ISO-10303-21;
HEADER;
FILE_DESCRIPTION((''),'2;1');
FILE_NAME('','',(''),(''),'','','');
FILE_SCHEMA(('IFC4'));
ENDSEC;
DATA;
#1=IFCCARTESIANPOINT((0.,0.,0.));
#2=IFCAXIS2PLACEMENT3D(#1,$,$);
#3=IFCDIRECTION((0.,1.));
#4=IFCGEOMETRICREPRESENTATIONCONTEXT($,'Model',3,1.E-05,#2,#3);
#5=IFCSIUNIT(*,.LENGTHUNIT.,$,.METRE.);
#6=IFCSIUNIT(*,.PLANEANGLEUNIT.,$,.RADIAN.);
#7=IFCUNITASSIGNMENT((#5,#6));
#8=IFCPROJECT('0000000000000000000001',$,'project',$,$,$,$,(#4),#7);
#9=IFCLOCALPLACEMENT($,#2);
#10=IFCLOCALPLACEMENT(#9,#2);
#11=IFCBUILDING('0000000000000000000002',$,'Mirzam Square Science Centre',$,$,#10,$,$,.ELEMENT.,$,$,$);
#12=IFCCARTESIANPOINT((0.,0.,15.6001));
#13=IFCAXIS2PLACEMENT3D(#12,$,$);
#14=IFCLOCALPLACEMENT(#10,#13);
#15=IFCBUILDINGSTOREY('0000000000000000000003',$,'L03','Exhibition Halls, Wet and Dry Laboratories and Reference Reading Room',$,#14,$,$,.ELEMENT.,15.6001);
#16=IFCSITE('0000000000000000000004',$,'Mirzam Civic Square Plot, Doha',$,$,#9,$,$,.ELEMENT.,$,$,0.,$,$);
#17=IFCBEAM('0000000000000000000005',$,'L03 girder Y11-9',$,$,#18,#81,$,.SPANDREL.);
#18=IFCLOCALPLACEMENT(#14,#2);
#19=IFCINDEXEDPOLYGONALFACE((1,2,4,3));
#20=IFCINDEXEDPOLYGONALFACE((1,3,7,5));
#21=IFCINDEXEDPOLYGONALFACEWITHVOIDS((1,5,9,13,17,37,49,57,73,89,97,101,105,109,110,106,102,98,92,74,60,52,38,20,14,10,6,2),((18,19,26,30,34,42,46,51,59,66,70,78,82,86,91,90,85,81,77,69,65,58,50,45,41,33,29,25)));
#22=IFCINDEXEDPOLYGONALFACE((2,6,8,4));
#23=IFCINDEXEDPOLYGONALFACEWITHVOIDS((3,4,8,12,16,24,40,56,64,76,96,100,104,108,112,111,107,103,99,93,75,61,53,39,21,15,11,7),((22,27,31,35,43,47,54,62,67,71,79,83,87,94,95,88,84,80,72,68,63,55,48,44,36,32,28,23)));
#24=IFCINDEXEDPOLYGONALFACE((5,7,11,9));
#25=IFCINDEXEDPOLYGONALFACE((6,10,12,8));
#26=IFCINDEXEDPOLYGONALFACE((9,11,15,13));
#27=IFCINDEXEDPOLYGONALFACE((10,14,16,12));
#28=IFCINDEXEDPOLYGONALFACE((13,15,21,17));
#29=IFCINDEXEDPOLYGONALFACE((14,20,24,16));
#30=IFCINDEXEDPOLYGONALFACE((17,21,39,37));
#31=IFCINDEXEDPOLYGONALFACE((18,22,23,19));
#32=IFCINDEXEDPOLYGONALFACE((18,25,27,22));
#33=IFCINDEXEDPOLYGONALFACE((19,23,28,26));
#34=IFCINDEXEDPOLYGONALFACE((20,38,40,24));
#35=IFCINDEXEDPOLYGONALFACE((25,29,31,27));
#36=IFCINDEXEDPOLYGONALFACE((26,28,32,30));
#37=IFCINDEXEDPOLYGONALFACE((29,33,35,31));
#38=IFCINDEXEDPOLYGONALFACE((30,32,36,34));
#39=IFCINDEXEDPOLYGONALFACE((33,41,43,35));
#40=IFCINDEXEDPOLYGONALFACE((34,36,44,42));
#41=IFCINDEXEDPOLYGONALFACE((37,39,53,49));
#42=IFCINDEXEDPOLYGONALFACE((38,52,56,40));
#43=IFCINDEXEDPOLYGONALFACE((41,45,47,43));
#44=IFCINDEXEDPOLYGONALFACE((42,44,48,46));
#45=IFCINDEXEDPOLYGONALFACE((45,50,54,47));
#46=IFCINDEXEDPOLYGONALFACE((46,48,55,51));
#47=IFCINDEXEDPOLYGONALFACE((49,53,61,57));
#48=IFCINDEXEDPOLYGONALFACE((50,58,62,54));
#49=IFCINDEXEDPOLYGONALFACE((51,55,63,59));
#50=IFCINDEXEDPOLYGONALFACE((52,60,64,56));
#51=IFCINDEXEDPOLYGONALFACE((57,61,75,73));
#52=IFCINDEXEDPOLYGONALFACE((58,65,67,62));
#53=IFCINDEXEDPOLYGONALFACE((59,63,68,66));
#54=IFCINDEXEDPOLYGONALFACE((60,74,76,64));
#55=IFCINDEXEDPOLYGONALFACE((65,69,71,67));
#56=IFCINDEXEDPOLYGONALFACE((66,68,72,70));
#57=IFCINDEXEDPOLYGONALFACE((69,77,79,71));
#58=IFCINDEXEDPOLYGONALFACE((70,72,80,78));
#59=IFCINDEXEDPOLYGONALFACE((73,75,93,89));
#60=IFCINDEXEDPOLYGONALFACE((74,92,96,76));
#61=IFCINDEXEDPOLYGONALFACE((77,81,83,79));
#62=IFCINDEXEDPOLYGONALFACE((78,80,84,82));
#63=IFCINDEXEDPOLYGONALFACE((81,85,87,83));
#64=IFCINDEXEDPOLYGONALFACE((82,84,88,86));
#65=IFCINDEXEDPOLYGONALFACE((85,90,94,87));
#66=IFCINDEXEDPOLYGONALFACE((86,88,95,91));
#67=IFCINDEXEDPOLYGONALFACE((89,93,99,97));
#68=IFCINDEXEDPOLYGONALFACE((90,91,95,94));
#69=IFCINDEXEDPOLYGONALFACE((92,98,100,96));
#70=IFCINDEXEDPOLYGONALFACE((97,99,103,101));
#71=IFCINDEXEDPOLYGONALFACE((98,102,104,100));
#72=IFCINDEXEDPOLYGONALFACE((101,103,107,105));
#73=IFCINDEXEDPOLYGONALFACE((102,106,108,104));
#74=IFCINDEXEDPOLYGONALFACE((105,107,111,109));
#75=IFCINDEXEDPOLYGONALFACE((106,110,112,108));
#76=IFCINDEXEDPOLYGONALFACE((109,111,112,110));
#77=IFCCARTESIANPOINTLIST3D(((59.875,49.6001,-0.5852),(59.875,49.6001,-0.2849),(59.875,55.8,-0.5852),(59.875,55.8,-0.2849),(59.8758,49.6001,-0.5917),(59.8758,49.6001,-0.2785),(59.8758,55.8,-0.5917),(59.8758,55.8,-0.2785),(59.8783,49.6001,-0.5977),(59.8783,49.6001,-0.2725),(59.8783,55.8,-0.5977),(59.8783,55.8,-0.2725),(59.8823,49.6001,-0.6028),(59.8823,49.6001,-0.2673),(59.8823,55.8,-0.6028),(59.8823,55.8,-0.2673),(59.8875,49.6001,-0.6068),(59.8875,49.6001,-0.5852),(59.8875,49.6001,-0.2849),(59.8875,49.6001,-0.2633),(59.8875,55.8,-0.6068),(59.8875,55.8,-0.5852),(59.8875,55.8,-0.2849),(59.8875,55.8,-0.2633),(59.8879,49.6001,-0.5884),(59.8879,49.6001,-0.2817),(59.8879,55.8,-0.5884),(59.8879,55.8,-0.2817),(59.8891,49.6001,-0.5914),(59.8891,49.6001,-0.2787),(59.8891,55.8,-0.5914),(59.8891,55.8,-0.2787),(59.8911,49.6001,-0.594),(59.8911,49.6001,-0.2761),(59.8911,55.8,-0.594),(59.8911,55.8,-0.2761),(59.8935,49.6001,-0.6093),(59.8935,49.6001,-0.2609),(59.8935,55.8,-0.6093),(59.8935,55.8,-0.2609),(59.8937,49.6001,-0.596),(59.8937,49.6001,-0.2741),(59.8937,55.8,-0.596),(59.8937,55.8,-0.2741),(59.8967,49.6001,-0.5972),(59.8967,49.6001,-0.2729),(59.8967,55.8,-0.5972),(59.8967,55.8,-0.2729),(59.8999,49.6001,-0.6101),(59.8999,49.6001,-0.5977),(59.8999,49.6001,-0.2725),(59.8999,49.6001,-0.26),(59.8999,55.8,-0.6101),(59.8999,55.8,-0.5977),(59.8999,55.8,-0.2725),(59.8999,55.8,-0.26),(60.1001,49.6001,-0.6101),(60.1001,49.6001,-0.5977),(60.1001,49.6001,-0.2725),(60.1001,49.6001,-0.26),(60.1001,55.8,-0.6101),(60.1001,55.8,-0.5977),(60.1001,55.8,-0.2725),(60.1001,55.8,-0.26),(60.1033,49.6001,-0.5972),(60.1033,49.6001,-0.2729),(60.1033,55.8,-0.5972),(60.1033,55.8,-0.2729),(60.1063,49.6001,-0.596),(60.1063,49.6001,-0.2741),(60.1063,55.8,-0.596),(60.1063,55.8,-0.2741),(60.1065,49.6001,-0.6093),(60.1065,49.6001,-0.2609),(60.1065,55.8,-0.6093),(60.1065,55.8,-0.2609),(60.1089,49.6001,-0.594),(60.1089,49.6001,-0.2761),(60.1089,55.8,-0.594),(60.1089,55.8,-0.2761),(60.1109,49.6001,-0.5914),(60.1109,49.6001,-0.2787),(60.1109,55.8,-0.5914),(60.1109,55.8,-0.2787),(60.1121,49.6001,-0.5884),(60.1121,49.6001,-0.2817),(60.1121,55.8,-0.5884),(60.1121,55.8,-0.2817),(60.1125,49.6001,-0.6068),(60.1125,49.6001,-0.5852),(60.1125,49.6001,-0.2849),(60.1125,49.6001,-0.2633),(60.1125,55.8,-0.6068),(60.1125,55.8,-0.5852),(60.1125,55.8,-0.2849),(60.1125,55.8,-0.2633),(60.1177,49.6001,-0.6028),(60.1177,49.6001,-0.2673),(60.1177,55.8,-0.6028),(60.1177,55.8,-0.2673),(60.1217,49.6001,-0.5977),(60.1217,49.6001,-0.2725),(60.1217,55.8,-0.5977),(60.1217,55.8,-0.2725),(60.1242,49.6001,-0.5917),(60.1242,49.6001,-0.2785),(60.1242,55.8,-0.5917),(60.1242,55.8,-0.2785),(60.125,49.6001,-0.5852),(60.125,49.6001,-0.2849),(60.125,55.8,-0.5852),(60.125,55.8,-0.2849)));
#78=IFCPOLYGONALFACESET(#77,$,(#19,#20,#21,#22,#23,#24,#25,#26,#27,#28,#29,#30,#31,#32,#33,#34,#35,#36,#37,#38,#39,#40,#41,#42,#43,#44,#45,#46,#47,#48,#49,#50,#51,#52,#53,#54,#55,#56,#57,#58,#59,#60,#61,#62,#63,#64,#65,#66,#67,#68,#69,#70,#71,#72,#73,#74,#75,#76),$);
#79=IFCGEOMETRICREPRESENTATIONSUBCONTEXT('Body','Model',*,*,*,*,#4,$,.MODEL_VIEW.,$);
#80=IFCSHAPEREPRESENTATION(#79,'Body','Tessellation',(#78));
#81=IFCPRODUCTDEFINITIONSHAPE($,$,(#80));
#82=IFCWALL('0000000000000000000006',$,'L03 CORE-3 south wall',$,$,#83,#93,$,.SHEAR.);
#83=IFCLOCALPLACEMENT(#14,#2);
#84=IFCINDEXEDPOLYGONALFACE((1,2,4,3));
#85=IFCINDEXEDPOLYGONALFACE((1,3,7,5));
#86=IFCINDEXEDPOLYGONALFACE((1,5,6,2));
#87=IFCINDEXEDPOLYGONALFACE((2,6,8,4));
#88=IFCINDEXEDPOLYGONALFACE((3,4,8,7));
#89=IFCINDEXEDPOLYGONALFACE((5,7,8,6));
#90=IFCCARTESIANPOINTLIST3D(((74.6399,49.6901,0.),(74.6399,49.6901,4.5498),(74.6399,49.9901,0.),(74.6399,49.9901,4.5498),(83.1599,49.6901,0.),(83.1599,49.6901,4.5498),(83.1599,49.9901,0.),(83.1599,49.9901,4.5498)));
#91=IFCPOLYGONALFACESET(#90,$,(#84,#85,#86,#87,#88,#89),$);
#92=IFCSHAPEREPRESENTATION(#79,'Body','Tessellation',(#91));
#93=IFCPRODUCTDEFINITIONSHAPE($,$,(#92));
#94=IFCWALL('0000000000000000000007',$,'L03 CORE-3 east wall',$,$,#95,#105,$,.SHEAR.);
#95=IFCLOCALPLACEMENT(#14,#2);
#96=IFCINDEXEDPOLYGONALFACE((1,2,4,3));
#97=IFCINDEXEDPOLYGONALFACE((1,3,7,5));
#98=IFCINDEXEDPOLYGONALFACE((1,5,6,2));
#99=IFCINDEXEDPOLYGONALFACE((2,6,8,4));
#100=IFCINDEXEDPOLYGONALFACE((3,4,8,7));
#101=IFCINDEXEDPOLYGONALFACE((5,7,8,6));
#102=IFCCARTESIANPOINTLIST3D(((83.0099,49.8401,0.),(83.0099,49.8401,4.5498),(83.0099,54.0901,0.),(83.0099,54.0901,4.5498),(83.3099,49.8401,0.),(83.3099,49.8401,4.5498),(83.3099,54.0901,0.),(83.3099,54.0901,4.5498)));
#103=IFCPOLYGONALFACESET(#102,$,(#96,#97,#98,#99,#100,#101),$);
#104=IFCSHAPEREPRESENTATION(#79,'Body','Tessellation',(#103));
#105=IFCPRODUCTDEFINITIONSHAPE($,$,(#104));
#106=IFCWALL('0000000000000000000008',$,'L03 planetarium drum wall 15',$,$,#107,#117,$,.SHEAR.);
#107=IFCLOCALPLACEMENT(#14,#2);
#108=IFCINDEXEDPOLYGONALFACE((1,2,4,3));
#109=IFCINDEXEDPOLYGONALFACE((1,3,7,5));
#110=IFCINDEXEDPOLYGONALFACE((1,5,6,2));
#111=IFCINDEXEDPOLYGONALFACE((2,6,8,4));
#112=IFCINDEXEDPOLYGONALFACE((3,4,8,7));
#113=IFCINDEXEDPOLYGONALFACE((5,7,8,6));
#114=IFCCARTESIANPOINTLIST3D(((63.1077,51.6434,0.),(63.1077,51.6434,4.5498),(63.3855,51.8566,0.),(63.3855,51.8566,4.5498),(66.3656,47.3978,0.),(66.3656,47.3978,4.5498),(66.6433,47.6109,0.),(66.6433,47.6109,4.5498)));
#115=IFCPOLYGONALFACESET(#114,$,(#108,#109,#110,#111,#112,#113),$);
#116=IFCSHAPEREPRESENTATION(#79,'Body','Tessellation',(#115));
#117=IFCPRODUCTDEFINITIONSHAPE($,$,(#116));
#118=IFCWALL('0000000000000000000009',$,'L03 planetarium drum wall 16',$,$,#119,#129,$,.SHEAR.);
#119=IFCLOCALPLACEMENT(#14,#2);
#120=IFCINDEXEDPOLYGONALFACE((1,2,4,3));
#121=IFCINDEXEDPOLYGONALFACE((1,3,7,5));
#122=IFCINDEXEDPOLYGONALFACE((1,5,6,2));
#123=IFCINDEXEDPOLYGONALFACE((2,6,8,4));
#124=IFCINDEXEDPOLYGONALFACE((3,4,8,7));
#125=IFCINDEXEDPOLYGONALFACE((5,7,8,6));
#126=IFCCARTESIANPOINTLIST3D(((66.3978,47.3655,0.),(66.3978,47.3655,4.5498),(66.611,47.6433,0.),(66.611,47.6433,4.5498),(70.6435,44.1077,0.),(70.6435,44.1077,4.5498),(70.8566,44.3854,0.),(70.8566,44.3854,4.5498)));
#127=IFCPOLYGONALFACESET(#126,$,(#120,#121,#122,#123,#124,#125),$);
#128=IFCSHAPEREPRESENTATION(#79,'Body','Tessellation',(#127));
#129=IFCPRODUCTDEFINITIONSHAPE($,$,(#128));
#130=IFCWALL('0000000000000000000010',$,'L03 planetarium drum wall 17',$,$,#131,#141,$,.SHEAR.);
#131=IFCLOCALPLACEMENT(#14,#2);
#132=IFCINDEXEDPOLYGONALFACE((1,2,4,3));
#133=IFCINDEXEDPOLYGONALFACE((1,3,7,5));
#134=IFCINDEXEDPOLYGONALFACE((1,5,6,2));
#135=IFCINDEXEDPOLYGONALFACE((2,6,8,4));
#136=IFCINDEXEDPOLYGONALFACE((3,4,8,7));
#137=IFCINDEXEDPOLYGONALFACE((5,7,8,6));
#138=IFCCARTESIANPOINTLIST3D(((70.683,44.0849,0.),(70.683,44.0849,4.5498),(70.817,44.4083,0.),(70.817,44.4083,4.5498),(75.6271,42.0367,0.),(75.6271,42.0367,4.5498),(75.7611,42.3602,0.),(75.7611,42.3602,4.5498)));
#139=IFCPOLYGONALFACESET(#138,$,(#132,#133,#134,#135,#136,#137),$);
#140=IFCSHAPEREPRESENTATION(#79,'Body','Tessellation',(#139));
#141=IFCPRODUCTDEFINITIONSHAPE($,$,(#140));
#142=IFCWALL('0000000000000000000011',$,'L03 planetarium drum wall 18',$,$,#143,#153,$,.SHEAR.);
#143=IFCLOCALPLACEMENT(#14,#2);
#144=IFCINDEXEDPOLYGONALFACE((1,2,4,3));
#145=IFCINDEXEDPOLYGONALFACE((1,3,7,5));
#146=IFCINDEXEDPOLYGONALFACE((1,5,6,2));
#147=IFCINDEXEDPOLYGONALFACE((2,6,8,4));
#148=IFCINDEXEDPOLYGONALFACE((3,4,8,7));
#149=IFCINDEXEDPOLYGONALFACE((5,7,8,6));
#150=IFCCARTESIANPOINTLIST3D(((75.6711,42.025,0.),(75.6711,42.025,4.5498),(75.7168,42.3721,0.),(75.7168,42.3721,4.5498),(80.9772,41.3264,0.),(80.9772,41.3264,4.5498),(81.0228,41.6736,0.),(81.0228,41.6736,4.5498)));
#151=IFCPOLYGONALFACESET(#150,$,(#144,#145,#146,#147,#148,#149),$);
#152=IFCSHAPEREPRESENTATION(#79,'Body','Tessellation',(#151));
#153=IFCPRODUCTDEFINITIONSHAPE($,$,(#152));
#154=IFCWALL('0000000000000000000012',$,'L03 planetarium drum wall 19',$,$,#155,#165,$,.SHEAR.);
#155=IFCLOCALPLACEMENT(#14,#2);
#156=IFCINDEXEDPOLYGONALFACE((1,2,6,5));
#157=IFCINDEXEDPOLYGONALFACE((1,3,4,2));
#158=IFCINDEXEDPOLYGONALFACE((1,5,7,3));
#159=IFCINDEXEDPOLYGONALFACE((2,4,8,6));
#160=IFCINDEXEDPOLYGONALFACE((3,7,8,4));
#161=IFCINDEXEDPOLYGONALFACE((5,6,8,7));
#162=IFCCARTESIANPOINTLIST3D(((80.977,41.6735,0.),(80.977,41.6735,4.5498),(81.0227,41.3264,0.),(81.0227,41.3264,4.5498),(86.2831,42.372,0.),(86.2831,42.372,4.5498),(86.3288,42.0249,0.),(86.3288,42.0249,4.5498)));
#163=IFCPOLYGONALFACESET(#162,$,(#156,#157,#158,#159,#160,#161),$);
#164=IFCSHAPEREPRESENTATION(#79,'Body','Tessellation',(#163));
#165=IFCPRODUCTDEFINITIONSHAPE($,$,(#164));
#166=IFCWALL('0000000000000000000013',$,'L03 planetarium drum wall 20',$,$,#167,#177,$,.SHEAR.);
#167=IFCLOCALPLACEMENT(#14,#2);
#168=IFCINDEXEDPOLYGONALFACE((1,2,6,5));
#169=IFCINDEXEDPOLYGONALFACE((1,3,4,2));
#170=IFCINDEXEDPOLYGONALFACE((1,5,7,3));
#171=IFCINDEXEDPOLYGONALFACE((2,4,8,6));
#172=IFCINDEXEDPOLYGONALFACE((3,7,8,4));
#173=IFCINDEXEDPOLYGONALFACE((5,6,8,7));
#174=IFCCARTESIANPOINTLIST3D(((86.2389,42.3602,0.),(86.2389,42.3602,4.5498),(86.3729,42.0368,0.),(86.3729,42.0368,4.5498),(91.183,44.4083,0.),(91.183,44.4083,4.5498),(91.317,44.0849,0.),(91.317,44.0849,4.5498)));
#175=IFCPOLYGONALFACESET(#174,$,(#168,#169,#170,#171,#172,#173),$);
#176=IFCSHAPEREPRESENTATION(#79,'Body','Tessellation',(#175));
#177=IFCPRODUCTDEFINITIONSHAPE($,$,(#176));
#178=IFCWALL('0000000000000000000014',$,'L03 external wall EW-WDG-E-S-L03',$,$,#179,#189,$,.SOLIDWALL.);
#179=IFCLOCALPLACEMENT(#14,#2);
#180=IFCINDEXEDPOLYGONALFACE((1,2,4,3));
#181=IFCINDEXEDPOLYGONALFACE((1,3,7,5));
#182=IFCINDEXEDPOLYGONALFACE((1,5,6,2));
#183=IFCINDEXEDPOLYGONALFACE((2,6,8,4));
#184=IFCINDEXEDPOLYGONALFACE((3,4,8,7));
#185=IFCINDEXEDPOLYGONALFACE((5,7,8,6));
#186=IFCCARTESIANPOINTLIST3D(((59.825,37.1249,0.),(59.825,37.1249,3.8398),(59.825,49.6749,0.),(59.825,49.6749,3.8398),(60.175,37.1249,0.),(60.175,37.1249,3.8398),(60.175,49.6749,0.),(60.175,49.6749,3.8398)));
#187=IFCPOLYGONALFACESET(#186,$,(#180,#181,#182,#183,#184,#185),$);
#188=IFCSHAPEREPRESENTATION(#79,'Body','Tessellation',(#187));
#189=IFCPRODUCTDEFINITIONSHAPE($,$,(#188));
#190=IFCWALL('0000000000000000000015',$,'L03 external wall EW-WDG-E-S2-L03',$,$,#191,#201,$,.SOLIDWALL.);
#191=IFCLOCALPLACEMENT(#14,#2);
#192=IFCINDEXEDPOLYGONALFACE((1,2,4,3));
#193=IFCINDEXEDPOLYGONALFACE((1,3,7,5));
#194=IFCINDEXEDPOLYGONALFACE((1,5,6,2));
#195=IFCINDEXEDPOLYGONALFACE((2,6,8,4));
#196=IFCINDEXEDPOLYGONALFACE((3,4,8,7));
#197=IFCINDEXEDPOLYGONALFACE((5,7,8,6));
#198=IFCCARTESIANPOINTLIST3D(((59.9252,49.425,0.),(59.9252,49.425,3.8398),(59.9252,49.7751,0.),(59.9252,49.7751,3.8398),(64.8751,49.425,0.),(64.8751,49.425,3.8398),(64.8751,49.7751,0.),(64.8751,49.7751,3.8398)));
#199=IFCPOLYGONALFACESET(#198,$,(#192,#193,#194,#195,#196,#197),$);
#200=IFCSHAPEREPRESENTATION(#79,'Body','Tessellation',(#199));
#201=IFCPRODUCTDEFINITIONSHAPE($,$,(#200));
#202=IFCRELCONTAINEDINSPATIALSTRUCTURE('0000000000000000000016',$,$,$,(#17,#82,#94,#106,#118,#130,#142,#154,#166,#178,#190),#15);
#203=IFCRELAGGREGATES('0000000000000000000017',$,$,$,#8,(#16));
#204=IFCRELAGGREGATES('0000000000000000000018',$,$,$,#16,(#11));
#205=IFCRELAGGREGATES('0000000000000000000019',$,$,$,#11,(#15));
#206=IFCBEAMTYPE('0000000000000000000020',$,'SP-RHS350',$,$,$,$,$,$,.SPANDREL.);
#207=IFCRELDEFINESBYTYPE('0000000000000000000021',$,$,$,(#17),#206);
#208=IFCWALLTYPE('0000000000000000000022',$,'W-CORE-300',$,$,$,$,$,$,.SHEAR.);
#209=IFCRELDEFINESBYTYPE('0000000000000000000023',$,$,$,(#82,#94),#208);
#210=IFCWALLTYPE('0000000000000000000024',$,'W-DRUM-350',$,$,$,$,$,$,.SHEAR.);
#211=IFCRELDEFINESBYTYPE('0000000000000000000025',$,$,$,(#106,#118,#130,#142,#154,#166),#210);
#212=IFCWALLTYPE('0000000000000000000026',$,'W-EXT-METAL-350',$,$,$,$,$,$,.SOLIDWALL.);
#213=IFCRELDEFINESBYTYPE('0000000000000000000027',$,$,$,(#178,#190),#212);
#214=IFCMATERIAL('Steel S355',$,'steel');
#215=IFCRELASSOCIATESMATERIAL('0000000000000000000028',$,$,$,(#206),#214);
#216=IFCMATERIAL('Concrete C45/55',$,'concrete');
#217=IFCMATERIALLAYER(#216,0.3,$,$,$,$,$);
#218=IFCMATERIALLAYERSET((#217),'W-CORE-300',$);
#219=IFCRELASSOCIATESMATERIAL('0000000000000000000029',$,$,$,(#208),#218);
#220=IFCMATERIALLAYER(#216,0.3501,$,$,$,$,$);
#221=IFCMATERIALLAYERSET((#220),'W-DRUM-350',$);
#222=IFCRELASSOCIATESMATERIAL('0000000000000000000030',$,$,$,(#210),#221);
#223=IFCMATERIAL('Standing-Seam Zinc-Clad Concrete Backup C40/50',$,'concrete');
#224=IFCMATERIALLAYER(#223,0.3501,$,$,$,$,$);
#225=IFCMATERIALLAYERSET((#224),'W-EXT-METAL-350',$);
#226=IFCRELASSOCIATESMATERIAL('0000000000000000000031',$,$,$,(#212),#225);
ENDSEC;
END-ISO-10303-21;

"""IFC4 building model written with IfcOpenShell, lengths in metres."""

from ifc_helpers import new_model, si_unit, direction, frame, frame_2d, origin, origin_2d, place, context, subcontext, project, spatial, rectangle, hollow_rectangle, extrude, material, layer, layer_set, material_profile, profile_set, type_object, element, save


model = new_model("IFC4")

# Units and contexts
model_context = context("Model", 3, precision=1e-05, world=origin(), true_north=direction((0.0, 1.0)))
body_context = subcontext(model_context, "Body", "Model", "MODEL_VIEW")
ifc_project = project(units=[si_unit("LENGTHUNIT", "METRE"), si_unit("PLANEANGLEUNIT", "RADIAN")], contexts=[model_context])

# Site, building, storey
site_placement = place(None, origin())
site = spatial("IfcSite", under=ifc_project, at=site_placement, Name="Mirzam Civic Square Plot, Doha", CompositionType="ELEMENT", RefElevation=0.0)
building_placement = place(site_placement, origin())
building = spatial("IfcBuilding", under=site, at=building_placement, Name="Mirzam Square Science Centre", CompositionType="ELEMENT")
storey_placement = place(building_placement, frame((0.0, 0.0, 15.6001)))
storey = spatial("IfcBuildingStorey", under=building, at=storey_placement, Name="L03", Description="Exhibition Halls, Wet and Dry Laboratories and Reference Reading Room", CompositionType="ELEMENT", Elevation=15.6001)

# Shared definitions
ifc_material_1 = material(Name="Steel S355", Category="steel")
ifc_material_2 = material(Name="Concrete C45/55", Category="concrete")

# Beam
ifc_material_profile_1 = material_profile(ifc_material_1, hollow_rectangle(XDim=0.25, YDim=0.3501, WallThickness=0.0125, InnerFilletRadius=0.0125, OuterFilletRadius=0.0249, at=origin_2d()), Name="350x250x12.5RHS")
ifc_profile_set_1 = profile_set([ifc_material_profile_1], Name="Steel S355")
beam_type = type_object("IfcBeamType", Name="SP-RHS350", PredefinedType="SPANDREL", material=ifc_profile_set_1)
beam_1_placement = place(storey_placement, frame((60.0, 49.6001, -0.4351), z_axis=(0.0, 1.0, 0.0), x_axis=(-1.0, 0.0, 0.0)))
element("IfcBeam", 1, at=beam_1_placement, inside=storey, type_object=beam_type, Name="L03 girder Y11-9", PredefinedType="SPANDREL", context=body_context, shape_type="SweptSolid", body=[
    extrude(hollow_rectangle(XDim=0.25, YDim=0.3501, WallThickness=0.0125, InnerFilletRadius=0.0125, OuterFilletRadius=0.0249, at=origin_2d()), origin(), (0.0, 0.0, 1.0), 6.2),
])

# Walls
ifc_layer_1 = layer(ifc_material_2, 0.3)
ifc_layer_set_1 = layer_set([ifc_layer_1], Name="W-CORE-300")
wall_type_1 = type_object("IfcWallType", Name="W-CORE-300", PredefinedType="SHEAR", material=ifc_layer_set_1)
wall_1_placement = place(storey_placement, frame((74.6399, 49.8401, 0.0), z_axis=(0.0, 0.0, 1.0), x_axis=(1.0, 0.0, 0.0)))
element("IfcWall", 2, at=wall_1_placement, inside=storey, type_object=wall_type_1, Name="L03 CORE-3 south wall", PredefinedType="SHEAR", context=body_context, shape_type="SweptSolid", body=[
    extrude(rectangle(XDim=8.52, YDim=0.3, at=frame_2d((4.26, 0.0))), origin(), (0.0, 0.0, 1.0), 4.5498),
])
wall_2_placement = place(storey_placement, frame((83.1599, 49.8401, 0.0), z_axis=(0.0, 0.0, 1.0), x_axis=(0.0, 1.0, 0.0)))
element("IfcWall", 3, at=wall_2_placement, inside=storey, type_object=wall_type_1, Name="L03 CORE-3 east wall", PredefinedType="SHEAR", context=body_context, shape_type="SweptSolid", body=[
    extrude(rectangle(XDim=4.25, YDim=0.3, at=frame_2d((2.125, 0.0))), origin(), (0.0, 0.0, 1.0), 4.5498),
])
ifc_layer_2 = layer(ifc_material_2, 0.3501)
ifc_layer_set_2 = layer_set([ifc_layer_2], Name="W-DRUM-350")
wall_type_2 = type_object("IfcWallType", Name="W-DRUM-350", PredefinedType="SHEAR", material=ifc_layer_set_2)
for number, where, z_axis, x_axis, name in (
    (4, (63.2466, 51.75, 0.0), (0.0, 0.0, 1.0), (0.608767, -0.793349, 0.0), "L03 planetarium drum wall 15"),
    (5, (66.5044, 47.5044, 0.0), (0.0, 0.0, 1.0), (0.793349, -0.608767, 0.0), "L03 planetarium drum wall 16"),
    (6, (70.75, 44.2466, 0.0), (0.0, 0.0, 1.0), (0.923867, -0.382713, 0.0), "L03 planetarium drum wall 17"),
):
    element("IfcWall", number, at=place(storey_placement, frame(where, z_axis=z_axis, x_axis=x_axis)), inside=storey, type_object=wall_type_2, Name=name, PredefinedType="SHEAR", context=body_context, shape_type="SweptSolid", body=[
        extrude(rectangle(XDim=5.3516, YDim=0.3501, at=frame_2d((2.6758, 0.0))), origin(), (0.0, 0.0, 1.0), 4.5498),
    ])
for number, where, z_axis, x_axis, name in (
    (7, (75.6941, 42.1985, 0.0), (0.0, 0.0, 1.0), (0.991446, -0.130517, 0.0), "L03 planetarium drum wall 18"),
    (8, (81.0, 41.5, 0.0), (0.0, 0.0, 1.0), (0.991446, 0.130517, 0.0), "L03 planetarium drum wall 19"),
):
    element("IfcWall", number, at=place(storey_placement, frame(where, z_axis=z_axis, x_axis=x_axis)), inside=storey, type_object=wall_type_2, Name=name, PredefinedType="SHEAR", context=body_context, shape_type="SweptSolid", body=[
        extrude(rectangle(XDim=5.3518, YDim=0.3501, at=frame_2d((2.6758, 0.0))), origin(), (0.0, 0.0, 1.0), 4.5498),
    ])
wall_3_placement = place(storey_placement, frame((86.3059, 42.1985, 0.0), z_axis=(0.0, 0.0, 1.0), x_axis=(0.923867, 0.382713, 0.0)))
element("IfcWall", 9, at=wall_3_placement, inside=storey, type_object=wall_type_2, Name="L03 planetarium drum wall 20", PredefinedType="SHEAR", context=body_context, shape_type="SweptSolid", body=[
    extrude(rectangle(XDim=5.3516, YDim=0.3501, at=frame_2d((2.6758, 0.0))), origin(), (0.0, 0.0, 1.0), 4.5498),
])
ifc_material_3 = material(Name="Standing-Seam Zinc-Clad Concrete Backup C40/50", Category="concrete")
ifc_layer_3 = layer(ifc_material_3, 0.3501)
ifc_layer_set_3 = layer_set([ifc_layer_3], Name="W-EXT-METAL-350")
wall_type_3 = type_object("IfcWallType", Name="W-EXT-METAL-350", PredefinedType="SOLIDWALL", material=ifc_layer_set_3)
wall_4_placement = place(storey_placement, frame((60.0, 37.125, 0.0), z_axis=(0.0, 0.0, 1.0), x_axis=(0.0, 1.0, 0.0)))
element("IfcWall", 10, at=wall_4_placement, inside=storey, type_object=wall_type_3, Name="L03 external wall EW-WDG-E-S-L03", PredefinedType="SOLIDWALL", context=body_context, shape_type="SweptSolid", body=[
    extrude(rectangle(XDim=12.55, YDim=0.3501, at=frame_2d((6.2749, 0.0))), origin(), (0.0, 0.0, 1.0), 3.8398),
])
wall_5_placement = place(storey_placement, frame((59.925, 49.6001, 0.0), z_axis=(0.0, 0.0, 1.0), x_axis=(1.0, 0.0, 0.0)))
element("IfcWall", 11, at=wall_5_placement, inside=storey, type_object=wall_type_3, Name="L03 external wall EW-WDG-E-S2-L03", PredefinedType="SOLIDWALL", context=body_context, shape_type="SweptSolid", body=[
    extrude(rectangle(XDim=4.95, YDim=0.3501, at=frame_2d((2.4751, 0.0))), origin(), (0.0, 0.0, 1.0), 3.8398),
])

save(model, "model.ifc")
